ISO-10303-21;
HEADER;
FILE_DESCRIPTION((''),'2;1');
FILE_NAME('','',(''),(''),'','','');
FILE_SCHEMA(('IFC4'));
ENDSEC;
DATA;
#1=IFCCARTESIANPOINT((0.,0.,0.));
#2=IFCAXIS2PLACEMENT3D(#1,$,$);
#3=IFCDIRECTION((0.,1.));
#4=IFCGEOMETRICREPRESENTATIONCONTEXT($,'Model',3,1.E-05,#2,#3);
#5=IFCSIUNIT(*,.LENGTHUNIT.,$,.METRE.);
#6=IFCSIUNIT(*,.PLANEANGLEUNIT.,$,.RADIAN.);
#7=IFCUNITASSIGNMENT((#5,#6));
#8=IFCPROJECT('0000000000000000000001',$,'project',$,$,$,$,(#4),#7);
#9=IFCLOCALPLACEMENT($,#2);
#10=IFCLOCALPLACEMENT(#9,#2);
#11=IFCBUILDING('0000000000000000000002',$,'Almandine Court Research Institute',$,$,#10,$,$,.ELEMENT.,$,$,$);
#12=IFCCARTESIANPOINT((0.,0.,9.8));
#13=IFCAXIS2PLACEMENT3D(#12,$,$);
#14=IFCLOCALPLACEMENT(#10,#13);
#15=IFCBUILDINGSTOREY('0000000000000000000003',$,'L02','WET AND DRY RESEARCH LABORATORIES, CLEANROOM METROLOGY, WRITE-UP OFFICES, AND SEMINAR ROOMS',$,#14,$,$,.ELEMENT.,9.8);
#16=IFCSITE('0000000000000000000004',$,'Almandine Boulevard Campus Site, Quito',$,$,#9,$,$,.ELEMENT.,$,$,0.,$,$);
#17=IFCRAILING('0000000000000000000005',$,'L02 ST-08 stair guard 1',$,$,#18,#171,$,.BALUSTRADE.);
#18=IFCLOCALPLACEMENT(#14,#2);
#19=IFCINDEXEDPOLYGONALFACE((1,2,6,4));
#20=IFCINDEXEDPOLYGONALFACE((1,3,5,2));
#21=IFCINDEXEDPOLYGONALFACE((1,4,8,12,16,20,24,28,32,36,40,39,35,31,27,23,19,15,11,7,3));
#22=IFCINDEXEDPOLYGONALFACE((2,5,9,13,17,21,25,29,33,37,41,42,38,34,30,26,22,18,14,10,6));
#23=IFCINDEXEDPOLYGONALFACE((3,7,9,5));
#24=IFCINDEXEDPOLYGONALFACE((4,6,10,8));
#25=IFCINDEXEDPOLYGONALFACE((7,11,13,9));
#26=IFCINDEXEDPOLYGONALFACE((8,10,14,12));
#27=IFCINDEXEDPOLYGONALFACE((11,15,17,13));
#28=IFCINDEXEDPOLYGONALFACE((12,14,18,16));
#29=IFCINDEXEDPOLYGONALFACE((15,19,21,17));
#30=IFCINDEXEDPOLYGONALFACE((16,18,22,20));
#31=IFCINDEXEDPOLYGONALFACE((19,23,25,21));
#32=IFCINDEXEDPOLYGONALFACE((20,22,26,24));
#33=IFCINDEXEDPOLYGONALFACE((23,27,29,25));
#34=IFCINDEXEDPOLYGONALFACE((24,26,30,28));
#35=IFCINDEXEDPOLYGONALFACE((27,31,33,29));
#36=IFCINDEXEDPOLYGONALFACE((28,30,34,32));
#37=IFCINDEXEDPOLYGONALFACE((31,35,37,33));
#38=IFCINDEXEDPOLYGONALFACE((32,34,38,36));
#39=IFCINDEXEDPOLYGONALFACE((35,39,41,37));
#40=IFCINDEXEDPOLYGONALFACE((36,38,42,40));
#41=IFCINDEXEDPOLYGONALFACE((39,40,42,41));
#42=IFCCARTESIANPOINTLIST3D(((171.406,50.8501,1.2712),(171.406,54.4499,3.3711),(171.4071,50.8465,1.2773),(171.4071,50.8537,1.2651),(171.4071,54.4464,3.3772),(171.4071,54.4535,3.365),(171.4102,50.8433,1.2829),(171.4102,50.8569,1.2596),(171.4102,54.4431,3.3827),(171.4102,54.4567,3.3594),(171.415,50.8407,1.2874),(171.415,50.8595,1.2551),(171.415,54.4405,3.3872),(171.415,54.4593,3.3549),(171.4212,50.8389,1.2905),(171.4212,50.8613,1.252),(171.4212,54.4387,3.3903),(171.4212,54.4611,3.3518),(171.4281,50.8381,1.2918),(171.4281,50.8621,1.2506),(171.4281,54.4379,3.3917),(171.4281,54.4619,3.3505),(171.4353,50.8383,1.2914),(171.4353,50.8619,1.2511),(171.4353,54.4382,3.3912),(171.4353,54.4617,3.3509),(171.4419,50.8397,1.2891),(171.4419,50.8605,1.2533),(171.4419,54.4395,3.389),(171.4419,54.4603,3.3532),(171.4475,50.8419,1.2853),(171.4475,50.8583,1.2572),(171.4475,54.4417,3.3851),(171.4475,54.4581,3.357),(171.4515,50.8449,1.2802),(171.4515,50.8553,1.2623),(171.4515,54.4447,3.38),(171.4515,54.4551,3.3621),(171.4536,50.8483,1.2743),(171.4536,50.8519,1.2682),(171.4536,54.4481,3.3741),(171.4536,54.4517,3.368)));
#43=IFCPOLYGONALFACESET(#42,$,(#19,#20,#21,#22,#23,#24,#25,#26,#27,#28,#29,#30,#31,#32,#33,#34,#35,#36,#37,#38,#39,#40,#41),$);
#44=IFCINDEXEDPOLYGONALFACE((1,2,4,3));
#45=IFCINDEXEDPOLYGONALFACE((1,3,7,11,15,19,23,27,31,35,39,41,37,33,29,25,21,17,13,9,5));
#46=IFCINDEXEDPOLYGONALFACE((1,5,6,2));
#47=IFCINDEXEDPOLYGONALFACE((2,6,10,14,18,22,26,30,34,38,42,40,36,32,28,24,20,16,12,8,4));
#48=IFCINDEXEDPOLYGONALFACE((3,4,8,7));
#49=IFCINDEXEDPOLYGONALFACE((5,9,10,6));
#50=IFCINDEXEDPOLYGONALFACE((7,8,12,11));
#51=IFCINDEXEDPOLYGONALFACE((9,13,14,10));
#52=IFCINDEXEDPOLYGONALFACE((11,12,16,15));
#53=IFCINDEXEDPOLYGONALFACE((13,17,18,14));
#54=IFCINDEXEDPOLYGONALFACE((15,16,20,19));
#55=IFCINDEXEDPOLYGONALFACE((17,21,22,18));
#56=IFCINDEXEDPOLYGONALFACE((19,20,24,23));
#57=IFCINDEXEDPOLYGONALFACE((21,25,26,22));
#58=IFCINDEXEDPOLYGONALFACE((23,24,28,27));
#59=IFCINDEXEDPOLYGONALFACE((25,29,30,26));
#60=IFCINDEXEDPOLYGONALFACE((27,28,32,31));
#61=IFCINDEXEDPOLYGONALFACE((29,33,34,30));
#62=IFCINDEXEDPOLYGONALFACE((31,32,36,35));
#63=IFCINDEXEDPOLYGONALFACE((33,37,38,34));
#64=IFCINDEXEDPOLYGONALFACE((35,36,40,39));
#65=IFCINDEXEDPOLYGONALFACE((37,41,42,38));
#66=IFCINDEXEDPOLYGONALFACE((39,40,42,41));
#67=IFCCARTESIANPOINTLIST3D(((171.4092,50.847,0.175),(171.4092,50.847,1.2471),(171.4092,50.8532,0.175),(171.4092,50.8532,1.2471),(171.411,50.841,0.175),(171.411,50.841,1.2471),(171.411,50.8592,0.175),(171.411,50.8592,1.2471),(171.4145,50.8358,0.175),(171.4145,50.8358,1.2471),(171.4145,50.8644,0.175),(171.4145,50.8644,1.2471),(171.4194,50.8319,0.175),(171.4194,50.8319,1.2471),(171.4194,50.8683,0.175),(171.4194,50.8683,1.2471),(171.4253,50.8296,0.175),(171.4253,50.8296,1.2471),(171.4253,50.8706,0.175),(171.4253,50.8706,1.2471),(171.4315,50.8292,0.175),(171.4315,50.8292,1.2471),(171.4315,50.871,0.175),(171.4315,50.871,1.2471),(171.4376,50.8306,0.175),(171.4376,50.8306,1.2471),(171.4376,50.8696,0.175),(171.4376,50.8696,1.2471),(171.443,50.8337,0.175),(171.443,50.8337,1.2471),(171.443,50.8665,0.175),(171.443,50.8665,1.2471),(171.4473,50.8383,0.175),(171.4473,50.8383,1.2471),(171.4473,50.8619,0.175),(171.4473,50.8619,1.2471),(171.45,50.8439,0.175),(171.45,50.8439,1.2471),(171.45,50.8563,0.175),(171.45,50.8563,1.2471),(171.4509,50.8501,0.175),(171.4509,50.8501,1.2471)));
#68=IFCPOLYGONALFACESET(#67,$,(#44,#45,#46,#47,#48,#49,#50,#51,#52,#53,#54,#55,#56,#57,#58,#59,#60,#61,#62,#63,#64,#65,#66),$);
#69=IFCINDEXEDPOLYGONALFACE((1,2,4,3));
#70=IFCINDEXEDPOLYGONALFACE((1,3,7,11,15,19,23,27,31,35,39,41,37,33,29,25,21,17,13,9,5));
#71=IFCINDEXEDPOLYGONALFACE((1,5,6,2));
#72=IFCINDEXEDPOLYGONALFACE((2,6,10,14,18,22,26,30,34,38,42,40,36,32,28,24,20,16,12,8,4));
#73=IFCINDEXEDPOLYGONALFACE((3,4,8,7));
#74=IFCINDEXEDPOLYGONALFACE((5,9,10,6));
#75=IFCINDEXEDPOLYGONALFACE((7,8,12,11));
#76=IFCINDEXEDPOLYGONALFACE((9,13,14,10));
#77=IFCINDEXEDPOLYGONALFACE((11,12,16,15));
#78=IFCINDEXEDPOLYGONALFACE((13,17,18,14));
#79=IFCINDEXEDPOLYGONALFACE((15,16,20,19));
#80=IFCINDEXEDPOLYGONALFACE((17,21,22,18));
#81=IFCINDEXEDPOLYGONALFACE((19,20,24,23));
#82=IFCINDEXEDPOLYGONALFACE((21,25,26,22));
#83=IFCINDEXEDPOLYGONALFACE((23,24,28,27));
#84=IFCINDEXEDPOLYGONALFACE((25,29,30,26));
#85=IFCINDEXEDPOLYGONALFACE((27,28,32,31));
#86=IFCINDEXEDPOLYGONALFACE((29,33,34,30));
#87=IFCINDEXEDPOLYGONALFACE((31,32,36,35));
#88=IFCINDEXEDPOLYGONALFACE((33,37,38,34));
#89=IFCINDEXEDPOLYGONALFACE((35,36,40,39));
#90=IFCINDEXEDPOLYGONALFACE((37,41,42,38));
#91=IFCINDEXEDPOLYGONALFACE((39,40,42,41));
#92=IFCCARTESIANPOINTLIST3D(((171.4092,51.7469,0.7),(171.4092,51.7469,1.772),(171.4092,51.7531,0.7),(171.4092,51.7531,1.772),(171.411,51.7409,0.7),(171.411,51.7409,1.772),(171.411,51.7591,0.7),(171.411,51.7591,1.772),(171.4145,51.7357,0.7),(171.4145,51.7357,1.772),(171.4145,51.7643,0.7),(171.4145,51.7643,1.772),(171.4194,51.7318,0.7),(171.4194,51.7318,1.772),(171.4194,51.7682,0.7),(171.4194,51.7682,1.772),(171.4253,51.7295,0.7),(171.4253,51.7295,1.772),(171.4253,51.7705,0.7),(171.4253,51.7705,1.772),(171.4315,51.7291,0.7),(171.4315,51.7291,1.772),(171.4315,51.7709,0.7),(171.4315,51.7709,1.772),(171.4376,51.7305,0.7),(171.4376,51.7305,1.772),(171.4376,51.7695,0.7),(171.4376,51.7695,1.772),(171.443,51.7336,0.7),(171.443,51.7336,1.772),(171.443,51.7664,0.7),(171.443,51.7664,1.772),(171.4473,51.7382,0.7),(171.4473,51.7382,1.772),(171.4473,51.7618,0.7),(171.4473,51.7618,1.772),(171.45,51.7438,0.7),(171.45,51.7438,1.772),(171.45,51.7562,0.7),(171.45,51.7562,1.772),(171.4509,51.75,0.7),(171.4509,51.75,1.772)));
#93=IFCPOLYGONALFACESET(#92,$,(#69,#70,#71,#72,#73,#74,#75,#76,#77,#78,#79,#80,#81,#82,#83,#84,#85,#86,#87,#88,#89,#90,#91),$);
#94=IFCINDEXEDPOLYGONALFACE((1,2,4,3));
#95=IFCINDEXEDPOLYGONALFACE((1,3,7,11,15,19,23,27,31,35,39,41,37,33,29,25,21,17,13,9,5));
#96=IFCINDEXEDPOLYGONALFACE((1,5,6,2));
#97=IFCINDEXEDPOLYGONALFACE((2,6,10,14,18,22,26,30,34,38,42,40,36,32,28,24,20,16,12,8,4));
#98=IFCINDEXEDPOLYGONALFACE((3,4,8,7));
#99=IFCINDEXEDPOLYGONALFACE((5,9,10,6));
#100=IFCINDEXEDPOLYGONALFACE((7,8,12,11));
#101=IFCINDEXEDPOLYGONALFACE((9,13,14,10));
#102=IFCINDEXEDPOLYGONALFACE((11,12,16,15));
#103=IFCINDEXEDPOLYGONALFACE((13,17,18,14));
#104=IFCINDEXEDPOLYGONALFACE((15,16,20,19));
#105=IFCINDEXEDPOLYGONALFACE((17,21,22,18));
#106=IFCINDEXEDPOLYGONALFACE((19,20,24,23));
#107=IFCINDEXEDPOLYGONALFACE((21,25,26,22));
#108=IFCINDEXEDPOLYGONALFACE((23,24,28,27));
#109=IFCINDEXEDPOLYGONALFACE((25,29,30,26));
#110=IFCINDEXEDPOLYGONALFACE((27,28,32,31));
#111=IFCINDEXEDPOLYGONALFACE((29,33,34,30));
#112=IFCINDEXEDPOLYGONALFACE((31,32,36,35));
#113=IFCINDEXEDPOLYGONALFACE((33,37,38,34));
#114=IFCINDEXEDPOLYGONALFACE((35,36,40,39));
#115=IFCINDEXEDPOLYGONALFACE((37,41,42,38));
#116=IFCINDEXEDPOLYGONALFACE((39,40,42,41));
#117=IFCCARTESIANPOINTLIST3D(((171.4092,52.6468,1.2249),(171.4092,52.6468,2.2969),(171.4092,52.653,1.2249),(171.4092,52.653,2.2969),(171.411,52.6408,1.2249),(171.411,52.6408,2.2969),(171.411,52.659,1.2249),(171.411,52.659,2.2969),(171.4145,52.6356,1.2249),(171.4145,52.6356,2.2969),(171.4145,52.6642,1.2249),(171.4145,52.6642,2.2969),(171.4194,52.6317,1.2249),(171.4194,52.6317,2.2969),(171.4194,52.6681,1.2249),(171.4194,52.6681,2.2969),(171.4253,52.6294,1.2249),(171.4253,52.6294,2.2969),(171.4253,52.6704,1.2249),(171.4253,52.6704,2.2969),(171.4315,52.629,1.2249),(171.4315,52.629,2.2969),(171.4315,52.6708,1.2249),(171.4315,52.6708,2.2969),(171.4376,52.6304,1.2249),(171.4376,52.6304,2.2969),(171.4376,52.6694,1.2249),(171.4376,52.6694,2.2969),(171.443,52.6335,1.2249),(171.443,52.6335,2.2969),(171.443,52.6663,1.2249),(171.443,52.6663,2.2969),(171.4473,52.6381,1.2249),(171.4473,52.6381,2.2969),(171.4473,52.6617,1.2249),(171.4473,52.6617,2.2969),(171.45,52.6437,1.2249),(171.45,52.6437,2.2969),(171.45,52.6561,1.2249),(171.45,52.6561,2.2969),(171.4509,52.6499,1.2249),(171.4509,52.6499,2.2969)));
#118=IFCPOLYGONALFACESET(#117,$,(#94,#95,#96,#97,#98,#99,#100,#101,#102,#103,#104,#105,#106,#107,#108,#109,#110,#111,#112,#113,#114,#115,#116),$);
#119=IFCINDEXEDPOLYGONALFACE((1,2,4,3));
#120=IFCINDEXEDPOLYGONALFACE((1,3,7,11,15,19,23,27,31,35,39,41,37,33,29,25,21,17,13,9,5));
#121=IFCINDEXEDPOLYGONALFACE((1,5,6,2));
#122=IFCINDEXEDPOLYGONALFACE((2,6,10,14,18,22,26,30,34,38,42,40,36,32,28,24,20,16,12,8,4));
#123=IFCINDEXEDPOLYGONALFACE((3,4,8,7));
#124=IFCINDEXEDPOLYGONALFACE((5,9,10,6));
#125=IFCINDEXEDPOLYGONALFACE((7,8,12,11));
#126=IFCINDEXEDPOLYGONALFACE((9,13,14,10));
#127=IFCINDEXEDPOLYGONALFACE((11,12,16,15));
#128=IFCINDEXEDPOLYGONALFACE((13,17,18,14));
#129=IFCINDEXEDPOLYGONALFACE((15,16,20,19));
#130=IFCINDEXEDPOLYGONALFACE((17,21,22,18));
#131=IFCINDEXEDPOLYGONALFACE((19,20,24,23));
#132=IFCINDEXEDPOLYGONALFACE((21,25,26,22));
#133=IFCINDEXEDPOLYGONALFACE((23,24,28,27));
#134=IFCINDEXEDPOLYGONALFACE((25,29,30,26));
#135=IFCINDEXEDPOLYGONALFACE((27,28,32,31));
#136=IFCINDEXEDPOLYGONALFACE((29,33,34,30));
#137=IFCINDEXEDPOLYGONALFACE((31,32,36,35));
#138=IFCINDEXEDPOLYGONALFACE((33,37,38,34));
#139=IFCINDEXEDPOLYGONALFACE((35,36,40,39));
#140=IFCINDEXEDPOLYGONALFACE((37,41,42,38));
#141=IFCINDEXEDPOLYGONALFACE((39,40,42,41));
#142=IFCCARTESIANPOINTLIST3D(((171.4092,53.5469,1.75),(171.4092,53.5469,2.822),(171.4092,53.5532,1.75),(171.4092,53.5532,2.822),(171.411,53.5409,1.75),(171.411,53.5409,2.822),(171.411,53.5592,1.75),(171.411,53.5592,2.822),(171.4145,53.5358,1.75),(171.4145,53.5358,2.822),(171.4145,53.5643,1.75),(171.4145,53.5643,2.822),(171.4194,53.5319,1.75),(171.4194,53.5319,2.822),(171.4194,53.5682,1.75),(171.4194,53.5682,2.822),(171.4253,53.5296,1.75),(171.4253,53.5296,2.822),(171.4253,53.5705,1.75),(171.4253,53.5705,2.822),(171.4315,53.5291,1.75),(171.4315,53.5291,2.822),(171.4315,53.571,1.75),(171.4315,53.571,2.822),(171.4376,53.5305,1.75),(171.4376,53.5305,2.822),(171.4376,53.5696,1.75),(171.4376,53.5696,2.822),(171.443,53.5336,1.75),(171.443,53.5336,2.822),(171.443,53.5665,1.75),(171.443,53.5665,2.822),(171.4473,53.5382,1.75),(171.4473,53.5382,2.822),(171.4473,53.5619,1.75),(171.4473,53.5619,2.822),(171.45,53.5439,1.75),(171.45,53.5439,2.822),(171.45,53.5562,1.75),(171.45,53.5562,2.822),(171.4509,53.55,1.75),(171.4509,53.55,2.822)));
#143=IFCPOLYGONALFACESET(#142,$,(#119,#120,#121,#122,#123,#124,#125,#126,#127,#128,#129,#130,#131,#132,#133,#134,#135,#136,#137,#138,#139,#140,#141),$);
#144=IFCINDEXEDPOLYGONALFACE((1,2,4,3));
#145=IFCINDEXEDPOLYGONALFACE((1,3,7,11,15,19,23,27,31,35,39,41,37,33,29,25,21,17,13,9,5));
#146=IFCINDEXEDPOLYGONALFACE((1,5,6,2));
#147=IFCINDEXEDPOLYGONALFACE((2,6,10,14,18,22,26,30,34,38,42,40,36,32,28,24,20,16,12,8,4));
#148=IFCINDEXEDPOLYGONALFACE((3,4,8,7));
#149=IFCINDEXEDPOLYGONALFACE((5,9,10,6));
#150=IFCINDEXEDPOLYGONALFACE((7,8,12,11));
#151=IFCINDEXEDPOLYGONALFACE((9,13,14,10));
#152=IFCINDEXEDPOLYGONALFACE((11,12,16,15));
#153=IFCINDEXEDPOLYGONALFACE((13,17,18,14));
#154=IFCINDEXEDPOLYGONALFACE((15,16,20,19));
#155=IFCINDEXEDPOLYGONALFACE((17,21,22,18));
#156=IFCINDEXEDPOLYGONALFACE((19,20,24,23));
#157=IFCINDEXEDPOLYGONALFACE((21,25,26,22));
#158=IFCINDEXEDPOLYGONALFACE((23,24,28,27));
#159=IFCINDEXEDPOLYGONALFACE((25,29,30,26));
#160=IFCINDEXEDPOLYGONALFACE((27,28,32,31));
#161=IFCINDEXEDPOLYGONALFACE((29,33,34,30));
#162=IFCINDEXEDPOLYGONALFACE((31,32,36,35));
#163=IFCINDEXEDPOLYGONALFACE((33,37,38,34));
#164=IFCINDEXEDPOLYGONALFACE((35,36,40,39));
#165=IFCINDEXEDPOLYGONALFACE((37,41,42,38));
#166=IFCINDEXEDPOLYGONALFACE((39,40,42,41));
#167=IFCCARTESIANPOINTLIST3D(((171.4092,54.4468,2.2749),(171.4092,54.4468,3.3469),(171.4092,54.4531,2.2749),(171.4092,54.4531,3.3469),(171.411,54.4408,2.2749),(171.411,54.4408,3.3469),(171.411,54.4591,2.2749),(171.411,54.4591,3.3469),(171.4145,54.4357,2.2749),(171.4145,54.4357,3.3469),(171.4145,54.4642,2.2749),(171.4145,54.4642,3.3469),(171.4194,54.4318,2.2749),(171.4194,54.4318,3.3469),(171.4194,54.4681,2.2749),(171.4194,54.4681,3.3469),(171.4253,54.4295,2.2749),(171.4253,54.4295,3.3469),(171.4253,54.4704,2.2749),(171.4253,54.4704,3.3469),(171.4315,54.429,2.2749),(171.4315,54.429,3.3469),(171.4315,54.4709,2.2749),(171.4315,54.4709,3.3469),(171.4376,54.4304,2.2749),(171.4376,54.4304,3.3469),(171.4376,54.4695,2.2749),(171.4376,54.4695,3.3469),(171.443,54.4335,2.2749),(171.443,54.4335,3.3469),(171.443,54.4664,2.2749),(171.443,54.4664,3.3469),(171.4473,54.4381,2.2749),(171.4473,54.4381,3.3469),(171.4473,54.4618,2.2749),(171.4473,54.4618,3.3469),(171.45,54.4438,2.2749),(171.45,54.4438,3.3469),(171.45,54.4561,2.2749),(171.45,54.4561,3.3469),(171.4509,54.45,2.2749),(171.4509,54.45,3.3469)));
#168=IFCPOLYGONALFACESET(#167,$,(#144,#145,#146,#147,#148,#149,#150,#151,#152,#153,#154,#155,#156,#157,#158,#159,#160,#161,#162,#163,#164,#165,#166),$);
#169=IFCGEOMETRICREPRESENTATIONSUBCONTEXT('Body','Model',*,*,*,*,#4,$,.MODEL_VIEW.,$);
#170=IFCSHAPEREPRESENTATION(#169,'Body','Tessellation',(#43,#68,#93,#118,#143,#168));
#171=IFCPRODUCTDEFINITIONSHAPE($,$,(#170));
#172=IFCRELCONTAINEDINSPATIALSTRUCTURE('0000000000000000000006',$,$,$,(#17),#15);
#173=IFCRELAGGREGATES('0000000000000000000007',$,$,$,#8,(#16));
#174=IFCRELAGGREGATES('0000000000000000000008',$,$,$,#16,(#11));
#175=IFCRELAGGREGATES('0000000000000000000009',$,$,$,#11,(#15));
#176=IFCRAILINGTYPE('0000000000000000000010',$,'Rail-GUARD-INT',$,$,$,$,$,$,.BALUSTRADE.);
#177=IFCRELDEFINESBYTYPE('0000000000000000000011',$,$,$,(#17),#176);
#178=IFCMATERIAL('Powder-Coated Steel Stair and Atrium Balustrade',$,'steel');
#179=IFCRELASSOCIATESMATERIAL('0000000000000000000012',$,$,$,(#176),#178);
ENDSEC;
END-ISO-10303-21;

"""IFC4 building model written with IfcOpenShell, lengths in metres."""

from ifc_helpers import new_model, si_unit, direction, frame, origin, origin_2d, place, context, subcontext, project, spatial, circle, extrude, material, type_object, element, save


model = new_model("IFC4")

# Units and contexts
model_context = context("Model", 3, precision=1e-05, world=origin(), true_north=direction((0.0, 1.0)))
body_context = subcontext(model_context, "Body", "Model", "MODEL_VIEW")
ifc_project = project(units=[si_unit("LENGTHUNIT", "METRE"), si_unit("PLANEANGLEUNIT", "RADIAN")], contexts=[model_context])

# Site, building, storey
site_placement = place(None, origin())
site = spatial("IfcSite", under=ifc_project, at=site_placement, Name="Almandine Boulevard Campus Site, Quito", CompositionType="ELEMENT", RefElevation=0.0)
building_placement = place(site_placement, origin())
building = spatial("IfcBuilding", under=site, at=building_placement, Name="Almandine Court Research Institute", CompositionType="ELEMENT")
storey_placement = place(building_placement, frame((0.0, 0.0, 9.8)))
storey = spatial("IfcBuildingStorey", under=building, at=storey_placement, Name="L02", Description="WET AND DRY RESEARCH LABORATORIES, CLEANROOM METROLOGY, WRITE-UP OFFICES, AND SEMINAR ROOMS", CompositionType="ELEMENT", Elevation=9.8)

# Railing
ifc_material_1 = material(Name="Powder-Coated Steel Stair and Atrium Balustrade", Category="steel")
railing_type_1 = type_object("IfcRailingType", Name="Rail-GUARD-INT", PredefinedType="BALUSTRADE", material=ifc_material_1)
railing_1_placement = place(storey_placement, frame((171.4299, 50.8501, 0.175)))
element("IfcRailing", 1, at=railing_1_placement, inside=storey, type_object=railing_type_1, Name="L02 ST-08 stair guard 1", PredefinedType="BALUSTRADE", context=body_context, shape_type="SweptSolid", body=[
    extrude(circle(Radius=0.0239, at=origin_2d()), frame((0.0, 0.0, 1.0962), z_axis=(0.0, 0.863785, 0.50386), x_axis=(-1.0, 0.0, 0.0)), (0.0, 0.0, 1.0), 4.1675),
    extrude(circle(Radius=0.021, at=origin_2d()), origin(), (0.0, 0.0, 1.0), 1.072),
    extrude(circle(Radius=0.021, at=origin_2d()), frame((0.0, 0.8999, 0.5249)), (0.0, 0.0, 1.0), 1.072),
    extrude(circle(Radius=0.021, at=origin_2d()), frame((0.0, 1.7998, 1.0498)), (0.0, 0.0, 1.0), 1.072),
    extrude(circle(Radius=0.021, at=origin_2d()), frame((0.0, 2.7, 1.575)), (0.0, 0.0, 1.0), 1.072),
    extrude(circle(Radius=0.021, at=origin_2d()), frame((0.0, 3.5999, 2.0999)), (0.0, 0.0, 1.0), 1.072),
])

save(model, "model.ifc")
